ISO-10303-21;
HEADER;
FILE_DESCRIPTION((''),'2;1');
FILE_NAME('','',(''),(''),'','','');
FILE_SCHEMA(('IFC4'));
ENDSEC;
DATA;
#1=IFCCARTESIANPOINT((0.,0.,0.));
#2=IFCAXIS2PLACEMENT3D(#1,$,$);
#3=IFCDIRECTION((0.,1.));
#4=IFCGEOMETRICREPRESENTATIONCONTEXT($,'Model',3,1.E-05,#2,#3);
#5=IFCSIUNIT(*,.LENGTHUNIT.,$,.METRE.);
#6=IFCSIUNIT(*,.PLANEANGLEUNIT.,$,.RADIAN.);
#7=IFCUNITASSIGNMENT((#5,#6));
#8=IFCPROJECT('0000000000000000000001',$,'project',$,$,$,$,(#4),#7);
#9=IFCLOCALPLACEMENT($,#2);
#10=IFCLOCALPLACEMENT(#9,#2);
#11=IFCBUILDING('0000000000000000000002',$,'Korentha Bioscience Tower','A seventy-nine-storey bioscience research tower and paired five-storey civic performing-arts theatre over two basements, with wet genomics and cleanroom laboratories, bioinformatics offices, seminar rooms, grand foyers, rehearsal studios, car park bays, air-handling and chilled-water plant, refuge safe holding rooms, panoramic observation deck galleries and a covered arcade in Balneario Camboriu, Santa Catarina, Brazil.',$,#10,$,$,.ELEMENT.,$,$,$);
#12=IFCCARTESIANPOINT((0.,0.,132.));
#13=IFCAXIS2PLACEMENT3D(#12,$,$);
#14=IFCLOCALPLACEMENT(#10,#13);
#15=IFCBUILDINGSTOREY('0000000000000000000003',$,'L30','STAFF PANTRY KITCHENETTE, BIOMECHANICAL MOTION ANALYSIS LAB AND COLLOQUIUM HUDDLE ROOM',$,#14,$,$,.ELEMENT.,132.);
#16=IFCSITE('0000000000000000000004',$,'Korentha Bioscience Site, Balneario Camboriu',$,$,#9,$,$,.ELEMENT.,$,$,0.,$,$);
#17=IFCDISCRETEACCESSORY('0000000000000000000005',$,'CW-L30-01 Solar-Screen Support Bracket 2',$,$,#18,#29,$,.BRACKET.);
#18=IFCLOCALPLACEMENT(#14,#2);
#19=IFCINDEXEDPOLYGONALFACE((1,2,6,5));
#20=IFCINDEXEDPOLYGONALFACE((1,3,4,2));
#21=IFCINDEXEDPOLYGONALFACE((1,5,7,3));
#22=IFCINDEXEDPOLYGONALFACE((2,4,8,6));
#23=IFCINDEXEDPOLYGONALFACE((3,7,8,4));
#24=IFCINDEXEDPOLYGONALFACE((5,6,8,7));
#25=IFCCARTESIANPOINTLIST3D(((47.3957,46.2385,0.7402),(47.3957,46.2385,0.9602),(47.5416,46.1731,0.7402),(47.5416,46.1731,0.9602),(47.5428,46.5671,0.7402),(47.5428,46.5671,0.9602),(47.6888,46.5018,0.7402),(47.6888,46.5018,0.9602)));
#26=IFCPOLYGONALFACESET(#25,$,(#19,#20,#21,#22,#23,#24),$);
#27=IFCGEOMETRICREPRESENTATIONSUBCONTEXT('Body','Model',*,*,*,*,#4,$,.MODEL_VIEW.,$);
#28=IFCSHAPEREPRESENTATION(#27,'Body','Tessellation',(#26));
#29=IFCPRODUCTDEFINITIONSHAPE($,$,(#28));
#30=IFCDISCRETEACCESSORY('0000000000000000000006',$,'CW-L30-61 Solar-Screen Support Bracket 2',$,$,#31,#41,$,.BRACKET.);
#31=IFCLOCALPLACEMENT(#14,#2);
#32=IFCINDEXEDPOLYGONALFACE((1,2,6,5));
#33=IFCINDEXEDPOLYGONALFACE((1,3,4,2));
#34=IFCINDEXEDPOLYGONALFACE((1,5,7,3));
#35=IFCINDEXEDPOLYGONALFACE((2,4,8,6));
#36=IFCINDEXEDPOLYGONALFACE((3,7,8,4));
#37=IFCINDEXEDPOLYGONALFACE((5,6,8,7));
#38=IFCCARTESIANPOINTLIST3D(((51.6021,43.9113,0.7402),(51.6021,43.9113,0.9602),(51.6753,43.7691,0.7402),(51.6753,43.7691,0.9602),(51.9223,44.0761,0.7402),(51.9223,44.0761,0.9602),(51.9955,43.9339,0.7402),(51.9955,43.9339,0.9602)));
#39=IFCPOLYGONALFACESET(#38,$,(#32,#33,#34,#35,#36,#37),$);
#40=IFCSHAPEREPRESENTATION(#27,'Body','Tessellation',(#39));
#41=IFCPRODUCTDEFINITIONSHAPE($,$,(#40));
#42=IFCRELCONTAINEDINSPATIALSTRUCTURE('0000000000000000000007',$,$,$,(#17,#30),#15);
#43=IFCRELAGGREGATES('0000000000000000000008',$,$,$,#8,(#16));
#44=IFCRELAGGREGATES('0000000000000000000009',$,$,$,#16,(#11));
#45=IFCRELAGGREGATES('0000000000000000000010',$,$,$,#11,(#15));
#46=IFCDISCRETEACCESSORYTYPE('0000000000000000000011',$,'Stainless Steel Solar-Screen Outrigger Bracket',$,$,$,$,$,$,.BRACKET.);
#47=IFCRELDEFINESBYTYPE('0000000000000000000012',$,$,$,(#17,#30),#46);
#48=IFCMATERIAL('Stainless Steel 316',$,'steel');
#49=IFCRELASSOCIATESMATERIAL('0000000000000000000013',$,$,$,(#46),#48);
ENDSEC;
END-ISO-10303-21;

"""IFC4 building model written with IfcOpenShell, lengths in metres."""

from ifc_helpers import new_model, si_unit, direction, frame, origin, origin_2d, place, context, subcontext, project, spatial, rectangle, extrude, material, type_object, element, save


model = new_model("IFC4")

# Units and contexts
model_context = context("Model", 3, precision=1e-05, world=origin(), true_north=direction((0.0, 1.0)))
body_context = subcontext(model_context, "Body", "Model", "MODEL_VIEW")
ifc_project = project(units=[si_unit("LENGTHUNIT", "METRE"), si_unit("PLANEANGLEUNIT", "RADIAN")], contexts=[model_context])

# Site, building, storey
site_placement = place(None, origin())
site = spatial("IfcSite", under=ifc_project, at=site_placement, Name="Korentha Bioscience Site, Balneario Camboriu", CompositionType="ELEMENT", RefElevation=0.0)
building_placement = place(site_placement, origin())
building = spatial("IfcBuilding", under=site, at=building_placement, Name="Korentha Bioscience Tower", Description="A seventy-nine-storey bioscience research tower and paired five-storey civic performing-arts theatre over two basements, with wet genomics and cleanroom laboratories, bioinformatics offices, seminar rooms, grand foyers, rehearsal studios, car park bays, air-handling and chilled-water plant, refuge safe holding rooms, panoramic observation deck galleries and a covered arcade in Balneario Camboriu, Santa Catarina, Brazil.", CompositionType="ELEMENT")
storey_placement = place(building_placement, frame((0.0, 0.0, 132.0)))
storey = spatial("IfcBuildingStorey", under=building, at=storey_placement, Name="L30", Description="STAFF PANTRY KITCHENETTE, BIOMECHANICAL MOTION ANALYSIS LAB AND COLLOQUIUM HUDDLE ROOM", CompositionType="ELEMENT", Elevation=132.0)

# Discrete accessories
ifc_material_1 = material(Name="Stainless Steel 316", Category="steel")
discrete_accessory_type = type_object("IfcDiscreteAccessoryType", Name="Stainless Steel Solar-Screen Outrigger Bracket", PredefinedType="BRACKET", material=ifc_material_1)
for number, where, z_axis, x_axis, name in (
    (1, (47.5422, 46.3701, 0.7402), (0.0, 0.0, 1.0), (-0.912687, 0.40866, 0.0), "CW-L30-01 Solar-Screen Support Bracket 2"),
    (2, (51.7988, 43.9226, 0.7402), (0.0, 0.0, 1.0), (-0.457613, 0.889151, 0.0), "CW-L30-61 Solar-Screen Support Bracket 2"),
):
    element("IfcDiscreteAccessory", number, at=place(storey_placement, frame(where, z_axis=z_axis, x_axis=x_axis)), inside=storey, type_object=discrete_accessory_type, Name=name, PredefinedType="BRACKET", context=body_context, shape_type="SweptSolid", body=[
        extrude(rectangle(XDim=0.1599, YDim=0.3601, at=origin_2d()), origin(), (0.0, 0.0, 1.0), 0.22),
    ])

save(model, "model.ifc")
